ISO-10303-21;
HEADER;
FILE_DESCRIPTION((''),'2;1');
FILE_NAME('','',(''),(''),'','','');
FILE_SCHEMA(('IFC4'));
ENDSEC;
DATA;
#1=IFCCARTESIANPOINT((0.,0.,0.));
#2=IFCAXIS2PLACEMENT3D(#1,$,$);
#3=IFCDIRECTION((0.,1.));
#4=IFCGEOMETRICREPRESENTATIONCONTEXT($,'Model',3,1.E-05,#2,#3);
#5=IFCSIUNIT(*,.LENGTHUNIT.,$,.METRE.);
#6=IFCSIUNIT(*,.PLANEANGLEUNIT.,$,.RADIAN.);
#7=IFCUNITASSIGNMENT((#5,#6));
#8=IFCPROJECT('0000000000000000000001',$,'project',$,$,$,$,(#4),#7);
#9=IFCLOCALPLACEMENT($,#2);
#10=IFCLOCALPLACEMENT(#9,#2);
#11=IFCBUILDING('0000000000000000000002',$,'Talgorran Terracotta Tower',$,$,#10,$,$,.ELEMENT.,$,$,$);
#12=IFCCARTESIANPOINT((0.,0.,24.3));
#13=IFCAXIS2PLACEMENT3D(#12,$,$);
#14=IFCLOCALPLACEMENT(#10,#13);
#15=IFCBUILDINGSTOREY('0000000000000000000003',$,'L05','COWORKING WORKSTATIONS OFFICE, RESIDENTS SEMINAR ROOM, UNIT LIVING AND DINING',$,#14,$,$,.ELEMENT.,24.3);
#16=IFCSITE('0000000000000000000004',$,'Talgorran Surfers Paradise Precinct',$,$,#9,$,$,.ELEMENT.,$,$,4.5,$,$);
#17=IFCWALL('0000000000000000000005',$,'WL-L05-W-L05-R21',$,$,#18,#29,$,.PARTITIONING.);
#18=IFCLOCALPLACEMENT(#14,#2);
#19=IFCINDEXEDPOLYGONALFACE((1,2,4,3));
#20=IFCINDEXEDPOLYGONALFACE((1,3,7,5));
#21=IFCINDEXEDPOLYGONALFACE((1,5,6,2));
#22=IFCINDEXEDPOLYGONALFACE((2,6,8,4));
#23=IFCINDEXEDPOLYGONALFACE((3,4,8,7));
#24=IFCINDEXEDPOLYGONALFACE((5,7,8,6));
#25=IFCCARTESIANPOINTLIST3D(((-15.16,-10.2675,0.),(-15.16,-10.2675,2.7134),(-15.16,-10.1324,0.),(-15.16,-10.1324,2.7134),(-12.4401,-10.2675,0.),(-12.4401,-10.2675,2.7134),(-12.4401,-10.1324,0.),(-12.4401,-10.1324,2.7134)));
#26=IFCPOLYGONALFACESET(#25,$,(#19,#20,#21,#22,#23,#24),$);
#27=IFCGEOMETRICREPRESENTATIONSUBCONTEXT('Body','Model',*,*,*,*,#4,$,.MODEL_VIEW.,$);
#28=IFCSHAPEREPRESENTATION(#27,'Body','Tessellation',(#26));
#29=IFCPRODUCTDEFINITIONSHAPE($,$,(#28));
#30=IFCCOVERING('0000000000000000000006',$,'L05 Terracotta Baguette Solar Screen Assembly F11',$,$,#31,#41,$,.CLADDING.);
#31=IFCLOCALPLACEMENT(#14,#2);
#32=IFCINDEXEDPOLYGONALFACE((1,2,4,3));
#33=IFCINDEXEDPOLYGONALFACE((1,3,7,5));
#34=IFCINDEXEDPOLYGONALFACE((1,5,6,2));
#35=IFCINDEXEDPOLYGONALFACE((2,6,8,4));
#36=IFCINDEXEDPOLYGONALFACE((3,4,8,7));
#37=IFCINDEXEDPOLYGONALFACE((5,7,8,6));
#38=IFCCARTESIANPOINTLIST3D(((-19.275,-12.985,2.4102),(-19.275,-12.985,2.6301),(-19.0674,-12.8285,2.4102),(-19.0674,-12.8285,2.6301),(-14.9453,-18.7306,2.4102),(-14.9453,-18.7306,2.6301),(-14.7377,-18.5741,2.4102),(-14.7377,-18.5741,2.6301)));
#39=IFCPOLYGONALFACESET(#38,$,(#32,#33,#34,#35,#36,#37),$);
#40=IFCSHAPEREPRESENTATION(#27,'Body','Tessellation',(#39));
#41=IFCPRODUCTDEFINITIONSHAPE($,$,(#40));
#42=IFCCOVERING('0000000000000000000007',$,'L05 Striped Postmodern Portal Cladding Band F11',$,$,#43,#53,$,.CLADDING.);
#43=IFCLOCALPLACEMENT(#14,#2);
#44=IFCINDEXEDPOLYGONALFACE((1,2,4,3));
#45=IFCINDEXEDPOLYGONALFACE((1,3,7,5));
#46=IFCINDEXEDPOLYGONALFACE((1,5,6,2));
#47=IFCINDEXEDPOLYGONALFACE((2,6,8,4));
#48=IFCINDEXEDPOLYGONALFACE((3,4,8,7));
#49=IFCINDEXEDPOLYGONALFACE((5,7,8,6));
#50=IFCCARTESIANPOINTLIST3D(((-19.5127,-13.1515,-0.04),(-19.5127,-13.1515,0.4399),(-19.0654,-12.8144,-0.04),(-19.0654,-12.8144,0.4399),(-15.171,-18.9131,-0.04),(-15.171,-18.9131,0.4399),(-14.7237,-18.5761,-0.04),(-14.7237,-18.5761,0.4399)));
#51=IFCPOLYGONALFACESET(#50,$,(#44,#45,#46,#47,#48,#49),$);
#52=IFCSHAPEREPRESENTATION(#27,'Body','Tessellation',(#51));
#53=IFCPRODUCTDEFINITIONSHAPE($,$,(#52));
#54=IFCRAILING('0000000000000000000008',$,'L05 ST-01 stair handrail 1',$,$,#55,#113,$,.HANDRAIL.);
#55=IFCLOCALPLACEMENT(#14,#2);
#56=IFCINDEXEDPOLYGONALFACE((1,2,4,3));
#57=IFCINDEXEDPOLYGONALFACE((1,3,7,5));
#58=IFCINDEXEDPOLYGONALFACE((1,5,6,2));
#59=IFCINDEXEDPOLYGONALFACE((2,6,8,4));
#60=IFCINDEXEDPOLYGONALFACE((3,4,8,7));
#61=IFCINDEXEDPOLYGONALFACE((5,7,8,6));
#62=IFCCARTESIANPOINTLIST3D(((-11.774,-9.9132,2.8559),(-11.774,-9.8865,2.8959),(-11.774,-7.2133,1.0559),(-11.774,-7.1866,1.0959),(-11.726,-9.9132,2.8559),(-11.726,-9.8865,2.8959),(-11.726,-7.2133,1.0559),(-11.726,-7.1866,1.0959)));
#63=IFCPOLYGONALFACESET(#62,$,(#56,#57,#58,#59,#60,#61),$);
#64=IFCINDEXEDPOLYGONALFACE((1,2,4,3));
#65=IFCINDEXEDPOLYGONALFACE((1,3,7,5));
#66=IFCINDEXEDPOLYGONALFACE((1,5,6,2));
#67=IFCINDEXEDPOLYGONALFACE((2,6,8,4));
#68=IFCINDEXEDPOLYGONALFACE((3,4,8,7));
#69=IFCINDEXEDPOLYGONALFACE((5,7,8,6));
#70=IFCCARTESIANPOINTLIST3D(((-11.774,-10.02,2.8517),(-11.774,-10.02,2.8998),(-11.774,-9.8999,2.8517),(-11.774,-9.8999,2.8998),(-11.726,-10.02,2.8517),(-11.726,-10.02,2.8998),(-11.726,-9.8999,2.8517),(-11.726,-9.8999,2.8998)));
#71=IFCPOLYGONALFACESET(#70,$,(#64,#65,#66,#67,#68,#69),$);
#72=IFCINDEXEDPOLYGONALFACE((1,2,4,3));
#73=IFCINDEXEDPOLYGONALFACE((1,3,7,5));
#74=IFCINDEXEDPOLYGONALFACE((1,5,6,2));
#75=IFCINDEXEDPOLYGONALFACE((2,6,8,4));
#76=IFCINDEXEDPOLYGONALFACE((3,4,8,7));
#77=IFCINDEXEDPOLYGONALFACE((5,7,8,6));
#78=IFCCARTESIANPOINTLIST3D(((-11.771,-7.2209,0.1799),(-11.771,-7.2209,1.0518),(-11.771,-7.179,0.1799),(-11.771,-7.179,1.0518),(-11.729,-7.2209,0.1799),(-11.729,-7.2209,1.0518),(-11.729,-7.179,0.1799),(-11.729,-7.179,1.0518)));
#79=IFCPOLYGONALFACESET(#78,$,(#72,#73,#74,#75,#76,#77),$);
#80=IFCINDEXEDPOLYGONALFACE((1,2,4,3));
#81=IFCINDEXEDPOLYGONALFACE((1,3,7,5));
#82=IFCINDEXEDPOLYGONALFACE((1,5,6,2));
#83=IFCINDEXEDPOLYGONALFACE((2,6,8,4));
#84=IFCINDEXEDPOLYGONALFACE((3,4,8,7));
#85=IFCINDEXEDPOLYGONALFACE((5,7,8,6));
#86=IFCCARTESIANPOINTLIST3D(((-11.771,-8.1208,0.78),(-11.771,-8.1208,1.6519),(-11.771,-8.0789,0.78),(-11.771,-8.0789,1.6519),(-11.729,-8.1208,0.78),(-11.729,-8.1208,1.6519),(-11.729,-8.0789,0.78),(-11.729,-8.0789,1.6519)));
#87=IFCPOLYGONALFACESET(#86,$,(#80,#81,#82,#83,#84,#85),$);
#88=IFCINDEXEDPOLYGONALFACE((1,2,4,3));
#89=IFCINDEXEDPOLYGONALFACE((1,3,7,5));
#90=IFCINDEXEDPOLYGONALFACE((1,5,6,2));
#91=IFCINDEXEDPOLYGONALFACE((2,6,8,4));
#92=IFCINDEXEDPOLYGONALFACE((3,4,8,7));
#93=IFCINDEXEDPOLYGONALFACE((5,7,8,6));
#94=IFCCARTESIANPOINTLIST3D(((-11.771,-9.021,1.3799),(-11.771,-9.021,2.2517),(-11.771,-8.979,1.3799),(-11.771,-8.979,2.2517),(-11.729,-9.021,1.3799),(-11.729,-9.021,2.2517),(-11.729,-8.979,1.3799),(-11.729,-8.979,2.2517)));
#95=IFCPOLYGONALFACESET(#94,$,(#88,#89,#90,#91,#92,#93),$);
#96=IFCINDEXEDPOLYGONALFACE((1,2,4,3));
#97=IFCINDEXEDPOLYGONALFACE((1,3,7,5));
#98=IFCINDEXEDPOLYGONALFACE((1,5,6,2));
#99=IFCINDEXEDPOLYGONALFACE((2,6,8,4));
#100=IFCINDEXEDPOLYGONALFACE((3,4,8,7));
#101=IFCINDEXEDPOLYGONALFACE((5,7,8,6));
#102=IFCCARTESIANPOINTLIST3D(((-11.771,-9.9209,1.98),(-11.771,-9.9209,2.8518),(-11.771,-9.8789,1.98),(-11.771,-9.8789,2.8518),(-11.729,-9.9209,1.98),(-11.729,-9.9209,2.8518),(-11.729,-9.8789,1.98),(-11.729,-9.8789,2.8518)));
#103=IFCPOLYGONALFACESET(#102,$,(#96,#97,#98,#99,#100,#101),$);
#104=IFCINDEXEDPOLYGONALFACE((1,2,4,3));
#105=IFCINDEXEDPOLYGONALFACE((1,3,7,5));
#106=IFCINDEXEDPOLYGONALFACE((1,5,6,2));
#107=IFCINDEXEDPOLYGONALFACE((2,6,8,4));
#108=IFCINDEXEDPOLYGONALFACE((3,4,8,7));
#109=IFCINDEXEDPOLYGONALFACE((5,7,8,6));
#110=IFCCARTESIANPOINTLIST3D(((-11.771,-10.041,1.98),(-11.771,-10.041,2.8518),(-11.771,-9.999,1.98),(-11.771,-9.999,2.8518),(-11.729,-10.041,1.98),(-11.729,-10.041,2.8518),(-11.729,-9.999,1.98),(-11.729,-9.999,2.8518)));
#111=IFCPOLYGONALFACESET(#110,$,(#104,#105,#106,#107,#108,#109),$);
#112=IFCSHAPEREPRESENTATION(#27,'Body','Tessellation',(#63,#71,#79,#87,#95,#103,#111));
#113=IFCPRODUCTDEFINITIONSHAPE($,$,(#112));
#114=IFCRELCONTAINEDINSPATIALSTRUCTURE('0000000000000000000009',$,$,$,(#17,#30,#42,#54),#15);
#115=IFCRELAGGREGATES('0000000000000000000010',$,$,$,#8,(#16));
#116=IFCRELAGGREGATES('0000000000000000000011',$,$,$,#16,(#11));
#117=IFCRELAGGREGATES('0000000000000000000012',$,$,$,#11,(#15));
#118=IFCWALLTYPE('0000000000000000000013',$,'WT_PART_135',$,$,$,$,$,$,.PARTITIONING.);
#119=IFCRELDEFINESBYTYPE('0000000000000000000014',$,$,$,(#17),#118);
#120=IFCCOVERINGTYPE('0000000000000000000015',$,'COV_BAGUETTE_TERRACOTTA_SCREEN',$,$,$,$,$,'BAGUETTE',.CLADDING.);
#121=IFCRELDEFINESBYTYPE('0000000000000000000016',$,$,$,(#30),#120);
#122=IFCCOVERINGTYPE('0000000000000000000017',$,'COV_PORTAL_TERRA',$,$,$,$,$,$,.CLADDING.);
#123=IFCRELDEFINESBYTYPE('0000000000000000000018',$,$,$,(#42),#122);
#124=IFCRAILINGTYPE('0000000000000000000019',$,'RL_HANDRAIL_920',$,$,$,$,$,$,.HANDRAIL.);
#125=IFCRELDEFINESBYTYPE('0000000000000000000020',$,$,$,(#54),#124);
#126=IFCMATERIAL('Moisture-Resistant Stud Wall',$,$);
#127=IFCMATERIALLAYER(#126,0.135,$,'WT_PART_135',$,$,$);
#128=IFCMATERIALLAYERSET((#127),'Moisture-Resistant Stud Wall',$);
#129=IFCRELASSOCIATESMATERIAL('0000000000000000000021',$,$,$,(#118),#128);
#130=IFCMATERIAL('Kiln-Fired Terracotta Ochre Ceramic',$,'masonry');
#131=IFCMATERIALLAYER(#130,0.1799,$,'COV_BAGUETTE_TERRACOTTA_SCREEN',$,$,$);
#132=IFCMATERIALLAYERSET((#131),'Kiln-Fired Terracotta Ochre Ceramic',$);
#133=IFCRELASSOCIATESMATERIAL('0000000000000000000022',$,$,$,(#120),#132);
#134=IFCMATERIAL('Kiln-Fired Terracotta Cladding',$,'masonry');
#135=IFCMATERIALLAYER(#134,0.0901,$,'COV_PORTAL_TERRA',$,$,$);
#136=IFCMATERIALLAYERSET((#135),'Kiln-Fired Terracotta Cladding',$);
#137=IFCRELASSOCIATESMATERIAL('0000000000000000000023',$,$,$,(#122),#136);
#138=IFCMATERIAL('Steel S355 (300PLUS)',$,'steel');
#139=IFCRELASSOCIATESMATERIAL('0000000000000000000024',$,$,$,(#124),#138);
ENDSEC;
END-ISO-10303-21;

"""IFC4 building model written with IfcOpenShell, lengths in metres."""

from ifc_helpers import new_model, si_unit, direction, frame, frame_2d, origin, origin_2d, place, context, subcontext, project, spatial, rectangle, extrude, material, layer, layer_set, type_object, element, save


model = new_model("IFC4")

# Units and contexts
model_context = context("Model", 3, precision=1e-05, world=origin(), true_north=direction((0.0, 1.0)))
body_context = subcontext(model_context, "Body", "Model", "MODEL_VIEW")
ifc_project = project(units=[si_unit("LENGTHUNIT", "METRE"), si_unit("PLANEANGLEUNIT", "RADIAN")], contexts=[model_context])

# Site, building, storey
site_placement = place(None, origin())
site = spatial("IfcSite", under=ifc_project, at=site_placement, Name="Talgorran Surfers Paradise Precinct", CompositionType="ELEMENT", RefElevation=4.5)
building_placement = place(site_placement, origin())
building = spatial("IfcBuilding", under=site, at=building_placement, Name="Talgorran Terracotta Tower", CompositionType="ELEMENT")
storey_placement = place(building_placement, frame((0.0, 0.0, 24.3)))
storey = spatial("IfcBuildingStorey", under=building, at=storey_placement, Name="L05", Description="COWORKING WORKSTATIONS OFFICE, RESIDENTS SEMINAR ROOM, UNIT LIVING AND DINING", CompositionType="ELEMENT", Elevation=24.3)

# Shared definitions
ifc_material_1 = material(Name="Steel S355 (300PLUS)", Category="steel")

# Shared definitions
ifc_material_2 = material(Name="Moisture-Resistant Stud Wall")
ifc_layer_1 = layer(ifc_material_2, 0.135, Name="WT_PART_135")
ifc_layer_set_1 = layer_set([ifc_layer_1], Name="Moisture-Resistant Stud Wall")
wall_type_1 = type_object("IfcWallType", Name="WT_PART_135", PredefinedType="PARTITIONING", material=ifc_layer_set_1)

# Wall
wall_1_placement = place(storey_placement, frame((-15.1599, -10.2, 0.0), z_axis=(0.0, 0.0, 1.0), x_axis=(1.0, 0.0, 0.0)))
element("IfcWall", 1, at=wall_1_placement, inside=storey, type_object=wall_type_1, Name="WL-L05-W-L05-R21", PredefinedType="PARTITIONING", context=body_context, shape_type="SweptSolid", body=[
    extrude(rectangle(XDim=2.72, YDim=0.135, at=frame_2d((1.3599, 0.0))), origin(), (0.0, 0.0, 1.0), 2.7134),
])

# Coverings
ifc_material_3 = material(Name="Kiln-Fired Terracotta Ochre Ceramic", Category="masonry")
ifc_layer_2 = layer(ifc_material_3, 0.1799, Name="COV_BAGUETTE_TERRACOTTA_SCREEN")
ifc_layer_set_2 = layer_set([ifc_layer_2], Name="Kiln-Fired Terracotta Ochre Ceramic")
covering_type_1 = type_object("IfcCoveringType", Name="COV_BAGUETTE_TERRACOTTA_SCREEN", ElementType="BAGUETTE", PredefinedType="CLADDING", material=ifc_layer_set_2)
covering_1_placement = place(storey_placement, frame((-17.0063, -15.7795, 2.4102), z_axis=(0.0, 0.0, 1.0), x_axis=(0.601815, -0.798636, 0.0)))
element("IfcCovering", 2, at=covering_1_placement, inside=storey, type_object=covering_type_1, Name="L05 Terracotta Baguette Solar Screen Assembly F11", PredefinedType="CLADDING", context=body_context, shape_type="SweptSolid", body=[
    extrude(rectangle(XDim=7.1943, YDim=0.26, at=origin_2d()), origin(), (0.0, 0.0, 1.0), 0.22),
])
ifc_material_4 = material(Name="Kiln-Fired Terracotta Cladding", Category="masonry")
ifc_layer_3 = layer(ifc_material_4, 0.0901, Name="COV_PORTAL_TERRA")
ifc_layer_set_3 = layer_set([ifc_layer_3], Name="Kiln-Fired Terracotta Cladding")
covering_type_2 = type_object("IfcCoveringType", Name="COV_PORTAL_TERRA", PredefinedType="CLADDING", material=ifc_layer_set_3)
covering_2_placement = place(storey_placement, frame((-17.1182, -15.8638, -0.04), z_axis=(0.0, 0.0, 1.0), x_axis=(0.601815, -0.798636, 0.0)))
element("IfcCovering", 3, at=covering_2_placement, inside=storey, type_object=covering_type_2, Name="L05 Striped Postmodern Portal Cladding Band F11", PredefinedType="CLADDING", context=body_context, shape_type="SweptSolid", body=[
    extrude(rectangle(XDim=7.2144, YDim=0.5601, at=origin_2d()), origin(), (0.0, 0.0, 1.0), 0.48),
])

# Railing
railing_type = type_object("IfcRailingType", Name="RL_HANDRAIL_920", PredefinedType="HANDRAIL", material=ifc_material_1)
railing_placement = place(storey_placement, frame((-11.75, -7.2, 0.1799)))
element("IfcRailing", 4, at=railing_placement, inside=storey, type_object=railing_type, Name="L05 ST-01 stair handrail 1", PredefinedType="HANDRAIL", context=body_context, shape_type="SweptSolid", body=[
    extrude(rectangle(XDim=0.0481, YDim=0.0481, at=origin_2d()), frame((0.0, 0.0, 0.896), z_axis=(0.0, -0.832039, 0.554718), x_axis=(1.0, 0.0, 0.0)), (0.0, 0.0, 1.0), 3.2449),
    extrude(rectangle(XDim=0.0481, YDim=0.0481, at=origin_2d()), frame((0.0, -2.7, 2.6958), z_axis=(0.0, -1.0, 0.0), x_axis=(1.0, 0.0, 0.0)), (0.0, 0.0, 1.0), 0.1201),
    extrude(rectangle(XDim=0.042, YDim=0.042, at=origin_2d()), origin(), (0.0, 0.0, 1.0), 0.8718),
    extrude(rectangle(XDim=0.042, YDim=0.042, at=origin_2d()), frame((0.0, -0.8999, 0.6001)), (0.0, 0.0, 1.0), 0.8718),
    extrude(rectangle(XDim=0.042, YDim=0.042, at=origin_2d()), frame((0.0, -1.8, 1.2)), (0.0, 0.0, 1.0), 0.8718),
    extrude(rectangle(XDim=0.042, YDim=0.042, at=origin_2d()), frame((0.0, -2.7, 1.8)), (0.0, 0.0, 1.0), 0.8718),
    extrude(rectangle(XDim=0.042, YDim=0.042, at=origin_2d()), frame((0.0, -2.8201, 1.8)), (0.0, 0.0, 1.0), 0.8718),
])

save(model, "model.ifc")
